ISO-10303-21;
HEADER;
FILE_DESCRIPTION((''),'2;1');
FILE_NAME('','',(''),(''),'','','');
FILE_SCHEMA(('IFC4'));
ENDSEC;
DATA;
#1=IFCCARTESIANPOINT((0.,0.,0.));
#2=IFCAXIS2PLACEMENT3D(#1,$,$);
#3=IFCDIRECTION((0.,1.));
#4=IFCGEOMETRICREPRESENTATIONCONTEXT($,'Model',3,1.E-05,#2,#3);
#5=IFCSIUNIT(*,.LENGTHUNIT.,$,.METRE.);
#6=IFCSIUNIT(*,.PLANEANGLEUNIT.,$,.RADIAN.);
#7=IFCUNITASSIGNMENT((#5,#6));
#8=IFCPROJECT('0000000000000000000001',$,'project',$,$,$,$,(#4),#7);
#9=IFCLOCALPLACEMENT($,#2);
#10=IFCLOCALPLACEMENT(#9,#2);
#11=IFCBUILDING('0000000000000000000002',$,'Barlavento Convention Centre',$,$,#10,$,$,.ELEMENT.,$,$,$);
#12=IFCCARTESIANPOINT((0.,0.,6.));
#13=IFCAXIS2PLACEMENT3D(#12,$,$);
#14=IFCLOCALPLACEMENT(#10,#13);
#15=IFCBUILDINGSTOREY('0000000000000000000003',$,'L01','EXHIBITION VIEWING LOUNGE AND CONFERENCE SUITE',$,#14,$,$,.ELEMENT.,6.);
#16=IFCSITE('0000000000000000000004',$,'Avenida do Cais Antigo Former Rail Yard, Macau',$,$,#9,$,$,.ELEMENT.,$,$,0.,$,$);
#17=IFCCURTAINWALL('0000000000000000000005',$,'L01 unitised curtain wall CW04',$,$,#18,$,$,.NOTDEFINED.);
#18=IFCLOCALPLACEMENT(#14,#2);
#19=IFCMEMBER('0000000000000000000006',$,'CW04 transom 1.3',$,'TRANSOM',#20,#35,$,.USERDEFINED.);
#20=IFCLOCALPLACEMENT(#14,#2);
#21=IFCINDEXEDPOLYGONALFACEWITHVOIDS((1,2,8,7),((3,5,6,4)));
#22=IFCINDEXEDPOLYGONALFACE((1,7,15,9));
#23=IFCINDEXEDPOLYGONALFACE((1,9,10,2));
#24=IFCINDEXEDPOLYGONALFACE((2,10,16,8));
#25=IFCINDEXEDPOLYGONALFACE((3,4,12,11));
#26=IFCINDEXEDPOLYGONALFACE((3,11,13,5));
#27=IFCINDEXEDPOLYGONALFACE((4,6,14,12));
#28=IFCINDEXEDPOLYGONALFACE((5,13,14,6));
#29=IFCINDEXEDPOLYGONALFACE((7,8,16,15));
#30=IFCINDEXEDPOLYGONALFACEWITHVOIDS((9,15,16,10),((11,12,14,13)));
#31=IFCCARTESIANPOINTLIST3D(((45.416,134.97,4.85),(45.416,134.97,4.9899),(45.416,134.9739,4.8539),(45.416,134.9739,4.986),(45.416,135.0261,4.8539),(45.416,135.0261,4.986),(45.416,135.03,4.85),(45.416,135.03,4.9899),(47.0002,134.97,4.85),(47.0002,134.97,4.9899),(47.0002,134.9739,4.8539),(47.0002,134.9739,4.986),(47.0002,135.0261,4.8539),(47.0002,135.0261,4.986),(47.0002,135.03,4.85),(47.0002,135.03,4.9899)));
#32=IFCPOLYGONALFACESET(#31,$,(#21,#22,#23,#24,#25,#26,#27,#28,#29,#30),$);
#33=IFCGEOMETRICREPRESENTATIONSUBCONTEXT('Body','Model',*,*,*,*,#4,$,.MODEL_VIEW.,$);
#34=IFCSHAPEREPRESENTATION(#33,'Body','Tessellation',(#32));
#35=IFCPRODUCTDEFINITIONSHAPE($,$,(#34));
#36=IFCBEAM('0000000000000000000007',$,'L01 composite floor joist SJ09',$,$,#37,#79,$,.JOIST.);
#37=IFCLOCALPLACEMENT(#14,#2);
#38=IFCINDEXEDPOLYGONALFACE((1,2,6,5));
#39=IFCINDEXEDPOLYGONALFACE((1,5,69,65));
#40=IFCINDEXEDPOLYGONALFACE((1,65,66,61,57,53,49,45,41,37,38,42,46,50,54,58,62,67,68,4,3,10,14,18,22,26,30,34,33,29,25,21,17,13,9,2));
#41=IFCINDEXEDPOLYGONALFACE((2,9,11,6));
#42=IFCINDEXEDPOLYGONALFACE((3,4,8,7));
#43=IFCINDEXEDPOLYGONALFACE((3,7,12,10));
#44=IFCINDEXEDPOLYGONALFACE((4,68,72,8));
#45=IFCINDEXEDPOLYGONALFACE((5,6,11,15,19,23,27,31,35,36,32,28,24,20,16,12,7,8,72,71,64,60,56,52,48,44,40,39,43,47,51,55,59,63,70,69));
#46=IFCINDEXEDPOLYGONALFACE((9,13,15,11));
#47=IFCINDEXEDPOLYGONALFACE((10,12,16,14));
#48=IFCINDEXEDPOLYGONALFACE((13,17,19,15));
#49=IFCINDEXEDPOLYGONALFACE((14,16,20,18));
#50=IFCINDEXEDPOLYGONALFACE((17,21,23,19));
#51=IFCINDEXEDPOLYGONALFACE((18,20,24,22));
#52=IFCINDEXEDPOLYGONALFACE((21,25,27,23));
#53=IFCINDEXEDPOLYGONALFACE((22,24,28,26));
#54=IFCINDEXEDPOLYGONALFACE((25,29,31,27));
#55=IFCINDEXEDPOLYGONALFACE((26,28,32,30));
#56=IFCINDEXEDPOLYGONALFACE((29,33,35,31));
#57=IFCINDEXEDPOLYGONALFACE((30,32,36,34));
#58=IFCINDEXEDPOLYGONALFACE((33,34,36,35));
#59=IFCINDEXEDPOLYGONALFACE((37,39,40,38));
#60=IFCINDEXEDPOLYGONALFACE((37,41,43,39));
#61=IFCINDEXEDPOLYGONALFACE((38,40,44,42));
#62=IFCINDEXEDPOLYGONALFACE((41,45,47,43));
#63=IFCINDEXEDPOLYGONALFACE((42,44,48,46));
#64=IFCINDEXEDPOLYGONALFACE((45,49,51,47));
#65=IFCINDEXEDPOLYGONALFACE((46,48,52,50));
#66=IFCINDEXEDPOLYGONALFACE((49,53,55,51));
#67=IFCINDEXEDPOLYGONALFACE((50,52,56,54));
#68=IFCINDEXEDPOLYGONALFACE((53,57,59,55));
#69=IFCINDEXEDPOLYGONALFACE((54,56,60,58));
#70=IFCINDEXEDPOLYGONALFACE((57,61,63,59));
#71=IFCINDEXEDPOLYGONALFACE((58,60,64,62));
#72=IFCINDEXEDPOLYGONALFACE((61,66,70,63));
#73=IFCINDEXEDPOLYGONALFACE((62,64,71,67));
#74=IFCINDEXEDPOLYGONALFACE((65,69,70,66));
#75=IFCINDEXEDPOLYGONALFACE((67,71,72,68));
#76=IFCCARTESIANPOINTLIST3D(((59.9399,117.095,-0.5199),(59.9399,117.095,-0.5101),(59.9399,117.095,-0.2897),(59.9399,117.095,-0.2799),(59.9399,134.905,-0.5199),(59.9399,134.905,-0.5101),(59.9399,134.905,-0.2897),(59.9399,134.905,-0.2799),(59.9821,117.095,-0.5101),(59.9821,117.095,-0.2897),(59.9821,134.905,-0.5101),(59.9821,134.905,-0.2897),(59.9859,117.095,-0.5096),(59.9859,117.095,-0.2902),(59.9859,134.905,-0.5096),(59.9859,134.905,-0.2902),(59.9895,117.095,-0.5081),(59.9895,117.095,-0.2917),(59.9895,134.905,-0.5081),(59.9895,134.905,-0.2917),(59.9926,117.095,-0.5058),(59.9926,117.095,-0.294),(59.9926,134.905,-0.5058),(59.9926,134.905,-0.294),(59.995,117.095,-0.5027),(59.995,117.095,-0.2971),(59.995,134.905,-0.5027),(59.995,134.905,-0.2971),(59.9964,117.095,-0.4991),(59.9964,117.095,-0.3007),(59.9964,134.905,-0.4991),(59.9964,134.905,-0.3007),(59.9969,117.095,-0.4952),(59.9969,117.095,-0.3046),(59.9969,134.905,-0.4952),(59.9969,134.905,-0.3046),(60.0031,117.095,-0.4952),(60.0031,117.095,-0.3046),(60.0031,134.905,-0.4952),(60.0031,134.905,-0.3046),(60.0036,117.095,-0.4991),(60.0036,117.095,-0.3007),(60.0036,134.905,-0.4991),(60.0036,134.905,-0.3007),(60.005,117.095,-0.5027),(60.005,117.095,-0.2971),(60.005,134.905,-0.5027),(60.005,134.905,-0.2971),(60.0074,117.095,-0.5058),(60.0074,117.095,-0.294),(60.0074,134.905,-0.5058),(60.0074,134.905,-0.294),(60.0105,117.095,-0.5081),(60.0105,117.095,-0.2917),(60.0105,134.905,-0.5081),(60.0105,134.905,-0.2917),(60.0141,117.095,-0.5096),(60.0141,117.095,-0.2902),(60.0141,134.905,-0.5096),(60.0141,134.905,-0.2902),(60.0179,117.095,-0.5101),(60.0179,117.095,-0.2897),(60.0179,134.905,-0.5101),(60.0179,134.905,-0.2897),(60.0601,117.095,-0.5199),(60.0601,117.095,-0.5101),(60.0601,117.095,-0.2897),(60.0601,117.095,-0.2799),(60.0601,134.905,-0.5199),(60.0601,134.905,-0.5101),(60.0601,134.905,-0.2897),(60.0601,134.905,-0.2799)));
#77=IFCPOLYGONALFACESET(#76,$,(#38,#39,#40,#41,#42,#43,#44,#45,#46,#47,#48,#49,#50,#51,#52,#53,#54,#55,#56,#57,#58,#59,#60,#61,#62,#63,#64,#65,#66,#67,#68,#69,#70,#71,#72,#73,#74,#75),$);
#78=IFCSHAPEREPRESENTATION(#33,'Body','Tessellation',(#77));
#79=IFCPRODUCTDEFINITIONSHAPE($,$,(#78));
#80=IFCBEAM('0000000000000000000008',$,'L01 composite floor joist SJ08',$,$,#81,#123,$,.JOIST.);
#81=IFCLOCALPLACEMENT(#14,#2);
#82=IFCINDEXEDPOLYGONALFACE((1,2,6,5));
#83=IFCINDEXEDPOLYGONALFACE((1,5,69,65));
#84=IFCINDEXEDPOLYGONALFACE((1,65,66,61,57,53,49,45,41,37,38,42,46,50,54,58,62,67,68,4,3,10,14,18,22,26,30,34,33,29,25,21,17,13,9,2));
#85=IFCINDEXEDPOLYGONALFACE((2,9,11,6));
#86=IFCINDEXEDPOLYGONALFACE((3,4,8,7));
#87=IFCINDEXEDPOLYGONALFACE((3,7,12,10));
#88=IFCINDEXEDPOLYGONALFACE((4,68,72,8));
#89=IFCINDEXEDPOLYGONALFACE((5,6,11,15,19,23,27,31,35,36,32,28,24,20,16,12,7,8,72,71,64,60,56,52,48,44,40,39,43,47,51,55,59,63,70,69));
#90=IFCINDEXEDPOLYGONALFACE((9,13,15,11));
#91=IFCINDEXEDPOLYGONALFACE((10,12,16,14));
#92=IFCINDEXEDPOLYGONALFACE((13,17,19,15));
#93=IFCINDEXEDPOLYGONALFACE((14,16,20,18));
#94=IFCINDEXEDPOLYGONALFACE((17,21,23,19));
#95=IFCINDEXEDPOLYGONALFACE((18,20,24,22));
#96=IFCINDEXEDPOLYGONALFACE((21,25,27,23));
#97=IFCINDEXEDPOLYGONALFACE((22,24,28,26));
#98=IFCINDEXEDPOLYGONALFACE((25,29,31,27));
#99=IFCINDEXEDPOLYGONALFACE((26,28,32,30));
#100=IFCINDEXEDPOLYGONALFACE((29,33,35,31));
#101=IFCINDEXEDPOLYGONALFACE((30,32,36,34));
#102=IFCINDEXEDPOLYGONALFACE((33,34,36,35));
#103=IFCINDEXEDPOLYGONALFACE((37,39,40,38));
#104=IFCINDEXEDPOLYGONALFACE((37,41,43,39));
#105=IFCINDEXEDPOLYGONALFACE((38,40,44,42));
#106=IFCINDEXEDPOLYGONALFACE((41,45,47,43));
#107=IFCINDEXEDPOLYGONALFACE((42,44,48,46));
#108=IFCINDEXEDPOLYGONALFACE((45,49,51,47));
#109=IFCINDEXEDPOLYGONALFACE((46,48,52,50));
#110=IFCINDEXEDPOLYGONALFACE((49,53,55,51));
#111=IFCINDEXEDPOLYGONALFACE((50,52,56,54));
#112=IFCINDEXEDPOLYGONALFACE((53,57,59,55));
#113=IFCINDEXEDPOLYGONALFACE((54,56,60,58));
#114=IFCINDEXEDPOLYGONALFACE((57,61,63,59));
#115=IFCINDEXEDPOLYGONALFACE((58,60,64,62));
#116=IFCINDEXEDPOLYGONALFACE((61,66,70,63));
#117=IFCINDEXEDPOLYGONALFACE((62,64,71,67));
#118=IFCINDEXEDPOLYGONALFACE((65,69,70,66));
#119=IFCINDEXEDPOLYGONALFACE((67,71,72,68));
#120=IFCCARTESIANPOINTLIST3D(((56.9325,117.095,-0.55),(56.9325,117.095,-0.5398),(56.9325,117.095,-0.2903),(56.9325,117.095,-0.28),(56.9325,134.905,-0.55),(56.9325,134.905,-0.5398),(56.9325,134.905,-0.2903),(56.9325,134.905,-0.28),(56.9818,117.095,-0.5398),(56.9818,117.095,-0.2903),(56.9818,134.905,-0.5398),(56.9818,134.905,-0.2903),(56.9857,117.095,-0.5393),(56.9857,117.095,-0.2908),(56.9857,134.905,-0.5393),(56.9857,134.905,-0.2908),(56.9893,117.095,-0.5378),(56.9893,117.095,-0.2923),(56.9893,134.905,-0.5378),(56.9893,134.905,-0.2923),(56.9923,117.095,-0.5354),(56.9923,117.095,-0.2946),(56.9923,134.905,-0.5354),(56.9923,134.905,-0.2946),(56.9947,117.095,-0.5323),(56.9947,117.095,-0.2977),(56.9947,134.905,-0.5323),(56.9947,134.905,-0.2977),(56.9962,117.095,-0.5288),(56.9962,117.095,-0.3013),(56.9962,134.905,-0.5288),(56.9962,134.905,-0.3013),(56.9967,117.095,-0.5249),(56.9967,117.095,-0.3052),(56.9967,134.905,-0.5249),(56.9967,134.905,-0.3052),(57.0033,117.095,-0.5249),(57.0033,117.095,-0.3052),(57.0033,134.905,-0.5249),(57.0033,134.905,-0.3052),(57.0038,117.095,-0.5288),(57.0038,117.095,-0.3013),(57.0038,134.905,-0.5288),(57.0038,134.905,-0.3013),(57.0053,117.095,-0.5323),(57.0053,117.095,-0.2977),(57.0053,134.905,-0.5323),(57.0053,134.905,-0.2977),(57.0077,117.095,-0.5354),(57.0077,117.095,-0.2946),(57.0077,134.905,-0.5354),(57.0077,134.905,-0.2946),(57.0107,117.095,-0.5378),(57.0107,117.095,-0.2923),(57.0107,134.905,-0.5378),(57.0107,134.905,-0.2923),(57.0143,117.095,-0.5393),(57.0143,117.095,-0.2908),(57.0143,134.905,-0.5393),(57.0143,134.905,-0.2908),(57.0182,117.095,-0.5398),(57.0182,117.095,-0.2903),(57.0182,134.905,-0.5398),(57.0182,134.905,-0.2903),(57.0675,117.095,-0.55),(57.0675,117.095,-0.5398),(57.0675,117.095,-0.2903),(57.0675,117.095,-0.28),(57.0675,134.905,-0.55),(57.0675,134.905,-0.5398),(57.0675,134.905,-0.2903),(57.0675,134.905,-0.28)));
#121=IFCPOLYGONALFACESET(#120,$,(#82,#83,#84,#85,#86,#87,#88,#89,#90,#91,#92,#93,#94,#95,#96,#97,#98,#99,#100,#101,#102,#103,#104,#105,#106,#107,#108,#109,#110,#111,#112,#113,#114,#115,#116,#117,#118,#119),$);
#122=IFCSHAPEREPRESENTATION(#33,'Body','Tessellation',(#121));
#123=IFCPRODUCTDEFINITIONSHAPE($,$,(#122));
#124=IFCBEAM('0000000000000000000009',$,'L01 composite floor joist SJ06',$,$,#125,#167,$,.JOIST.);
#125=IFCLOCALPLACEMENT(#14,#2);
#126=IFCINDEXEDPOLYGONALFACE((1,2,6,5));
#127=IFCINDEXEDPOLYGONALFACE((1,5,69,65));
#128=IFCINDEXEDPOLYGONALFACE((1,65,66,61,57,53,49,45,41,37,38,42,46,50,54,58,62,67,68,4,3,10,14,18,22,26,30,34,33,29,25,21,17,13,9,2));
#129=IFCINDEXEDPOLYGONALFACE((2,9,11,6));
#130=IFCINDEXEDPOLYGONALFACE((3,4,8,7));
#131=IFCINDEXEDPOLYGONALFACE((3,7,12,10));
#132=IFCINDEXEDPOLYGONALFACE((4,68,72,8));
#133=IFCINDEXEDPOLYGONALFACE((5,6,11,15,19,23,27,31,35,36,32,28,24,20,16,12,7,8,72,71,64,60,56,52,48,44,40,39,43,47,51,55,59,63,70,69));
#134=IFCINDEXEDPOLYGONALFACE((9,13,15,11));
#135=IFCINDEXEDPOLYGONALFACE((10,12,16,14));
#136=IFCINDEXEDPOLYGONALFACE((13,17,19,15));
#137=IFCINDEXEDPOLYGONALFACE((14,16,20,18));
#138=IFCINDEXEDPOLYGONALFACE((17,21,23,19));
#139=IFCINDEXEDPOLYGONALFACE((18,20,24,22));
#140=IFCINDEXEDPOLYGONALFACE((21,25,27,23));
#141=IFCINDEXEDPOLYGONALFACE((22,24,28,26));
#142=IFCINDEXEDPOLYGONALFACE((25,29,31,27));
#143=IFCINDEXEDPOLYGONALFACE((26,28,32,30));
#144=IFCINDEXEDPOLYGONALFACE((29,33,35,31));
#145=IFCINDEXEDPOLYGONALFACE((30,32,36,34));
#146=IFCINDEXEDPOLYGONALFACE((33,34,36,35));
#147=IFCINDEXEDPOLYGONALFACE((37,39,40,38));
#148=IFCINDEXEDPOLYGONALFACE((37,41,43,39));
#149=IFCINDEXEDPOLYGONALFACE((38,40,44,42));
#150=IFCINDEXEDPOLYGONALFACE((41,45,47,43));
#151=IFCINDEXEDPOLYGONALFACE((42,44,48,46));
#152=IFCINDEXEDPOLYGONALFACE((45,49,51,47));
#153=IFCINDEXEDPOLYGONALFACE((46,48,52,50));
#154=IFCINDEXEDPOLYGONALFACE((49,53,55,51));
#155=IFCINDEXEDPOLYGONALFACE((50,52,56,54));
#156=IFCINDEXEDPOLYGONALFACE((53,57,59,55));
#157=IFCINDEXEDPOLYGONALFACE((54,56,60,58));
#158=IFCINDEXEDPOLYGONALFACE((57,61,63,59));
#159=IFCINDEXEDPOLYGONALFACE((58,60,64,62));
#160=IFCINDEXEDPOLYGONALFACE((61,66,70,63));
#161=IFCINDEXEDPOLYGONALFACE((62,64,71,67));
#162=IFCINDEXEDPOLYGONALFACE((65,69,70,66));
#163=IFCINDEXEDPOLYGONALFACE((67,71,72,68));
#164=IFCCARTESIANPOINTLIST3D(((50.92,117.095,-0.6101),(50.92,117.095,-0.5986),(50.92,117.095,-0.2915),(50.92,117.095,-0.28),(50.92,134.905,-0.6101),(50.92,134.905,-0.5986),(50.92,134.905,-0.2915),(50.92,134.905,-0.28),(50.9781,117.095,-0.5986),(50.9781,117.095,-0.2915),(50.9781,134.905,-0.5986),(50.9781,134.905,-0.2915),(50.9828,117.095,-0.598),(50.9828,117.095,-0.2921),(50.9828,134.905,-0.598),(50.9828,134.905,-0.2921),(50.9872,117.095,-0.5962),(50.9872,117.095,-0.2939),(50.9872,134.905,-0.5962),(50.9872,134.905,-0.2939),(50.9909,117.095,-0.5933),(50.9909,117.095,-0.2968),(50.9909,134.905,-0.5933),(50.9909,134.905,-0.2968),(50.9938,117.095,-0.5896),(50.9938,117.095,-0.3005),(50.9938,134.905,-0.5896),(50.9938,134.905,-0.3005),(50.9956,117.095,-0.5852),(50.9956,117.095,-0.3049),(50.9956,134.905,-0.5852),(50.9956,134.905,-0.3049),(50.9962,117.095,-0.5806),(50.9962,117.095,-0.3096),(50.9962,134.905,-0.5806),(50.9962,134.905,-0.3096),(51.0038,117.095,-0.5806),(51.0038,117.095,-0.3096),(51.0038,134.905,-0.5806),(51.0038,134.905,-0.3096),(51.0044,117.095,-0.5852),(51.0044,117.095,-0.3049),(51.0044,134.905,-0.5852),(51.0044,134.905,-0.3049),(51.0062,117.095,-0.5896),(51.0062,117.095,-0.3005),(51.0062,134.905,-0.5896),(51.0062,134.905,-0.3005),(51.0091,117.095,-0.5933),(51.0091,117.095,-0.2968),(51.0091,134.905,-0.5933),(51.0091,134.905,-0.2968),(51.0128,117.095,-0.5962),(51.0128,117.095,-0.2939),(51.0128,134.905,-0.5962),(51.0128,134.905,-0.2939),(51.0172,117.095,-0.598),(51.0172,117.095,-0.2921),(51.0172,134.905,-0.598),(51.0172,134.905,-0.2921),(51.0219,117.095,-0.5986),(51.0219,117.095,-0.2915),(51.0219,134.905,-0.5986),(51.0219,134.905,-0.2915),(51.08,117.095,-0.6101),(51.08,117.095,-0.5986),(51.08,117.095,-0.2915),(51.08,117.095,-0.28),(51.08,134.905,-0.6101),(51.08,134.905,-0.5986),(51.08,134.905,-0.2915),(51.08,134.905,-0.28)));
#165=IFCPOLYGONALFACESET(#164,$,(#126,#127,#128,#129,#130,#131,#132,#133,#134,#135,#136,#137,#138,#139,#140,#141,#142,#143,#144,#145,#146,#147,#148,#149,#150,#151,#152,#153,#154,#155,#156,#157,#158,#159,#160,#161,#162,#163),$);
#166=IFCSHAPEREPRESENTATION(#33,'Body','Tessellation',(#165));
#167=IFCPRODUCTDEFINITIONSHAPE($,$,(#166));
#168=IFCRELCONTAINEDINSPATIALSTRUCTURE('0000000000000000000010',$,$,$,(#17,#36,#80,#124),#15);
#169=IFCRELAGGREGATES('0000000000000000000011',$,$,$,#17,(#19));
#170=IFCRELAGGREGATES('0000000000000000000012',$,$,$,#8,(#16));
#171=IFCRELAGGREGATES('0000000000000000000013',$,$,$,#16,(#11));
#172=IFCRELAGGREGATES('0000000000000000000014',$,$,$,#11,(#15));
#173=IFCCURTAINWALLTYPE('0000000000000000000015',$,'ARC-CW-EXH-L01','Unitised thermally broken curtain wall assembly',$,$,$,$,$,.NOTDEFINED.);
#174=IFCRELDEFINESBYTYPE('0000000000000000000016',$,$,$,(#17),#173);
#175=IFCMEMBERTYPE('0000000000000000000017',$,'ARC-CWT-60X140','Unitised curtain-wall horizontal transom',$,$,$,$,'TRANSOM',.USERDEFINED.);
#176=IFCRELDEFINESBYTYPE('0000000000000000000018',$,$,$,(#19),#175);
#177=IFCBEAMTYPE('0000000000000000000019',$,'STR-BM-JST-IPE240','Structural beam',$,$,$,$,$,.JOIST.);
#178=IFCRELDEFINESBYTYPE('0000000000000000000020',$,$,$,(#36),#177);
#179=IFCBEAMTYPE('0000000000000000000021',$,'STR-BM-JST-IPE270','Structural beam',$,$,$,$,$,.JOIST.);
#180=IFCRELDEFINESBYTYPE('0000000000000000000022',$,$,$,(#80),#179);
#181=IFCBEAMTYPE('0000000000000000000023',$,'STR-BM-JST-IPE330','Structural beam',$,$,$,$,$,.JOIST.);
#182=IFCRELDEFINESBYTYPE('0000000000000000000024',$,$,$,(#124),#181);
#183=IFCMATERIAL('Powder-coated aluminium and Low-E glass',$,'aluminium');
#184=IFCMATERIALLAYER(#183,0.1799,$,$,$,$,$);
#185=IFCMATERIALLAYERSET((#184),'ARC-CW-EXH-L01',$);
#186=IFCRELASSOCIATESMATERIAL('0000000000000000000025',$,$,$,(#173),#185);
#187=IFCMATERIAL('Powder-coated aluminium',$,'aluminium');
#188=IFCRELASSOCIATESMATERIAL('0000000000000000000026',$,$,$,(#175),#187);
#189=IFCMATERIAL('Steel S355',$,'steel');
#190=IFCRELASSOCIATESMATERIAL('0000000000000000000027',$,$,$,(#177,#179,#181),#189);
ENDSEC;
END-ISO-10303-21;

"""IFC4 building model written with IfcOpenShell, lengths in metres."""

from ifc_helpers import new_model, si_unit, direction, frame, origin, origin_2d, place, context, subcontext, project, spatial, hollow_rectangle, i_section, extrude, material, layer, layer_set, material_profile, profile_set, type_object, element, aggregate, save


model = new_model("IFC4")

# Units and contexts
model_context = context("Model", 3, precision=1e-05, world=origin(), true_north=direction((0.0, 1.0)))
body_context = subcontext(model_context, "Body", "Model", "MODEL_VIEW")
ifc_project = project(units=[si_unit("LENGTHUNIT", "METRE"), si_unit("PLANEANGLEUNIT", "RADIAN")], contexts=[model_context])

# Site, building, storey
site_placement = place(None, origin())
site = spatial("IfcSite", under=ifc_project, at=site_placement, Name="Avenida do Cais Antigo Former Rail Yard, Macau", CompositionType="ELEMENT", RefElevation=0.0)
building_placement = place(site_placement, origin())
building = spatial("IfcBuilding", under=site, at=building_placement, Name="Barlavento Convention Centre", CompositionType="ELEMENT")
storey_placement = place(building_placement, frame((0.0, 0.0, 6.0)))
storey = spatial("IfcBuildingStorey", under=building, at=storey_placement, Name="L01", Description="EXHIBITION VIEWING LOUNGE AND CONFERENCE SUITE", CompositionType="ELEMENT", Elevation=6.0)

# Curtain wall, member
ifc_material_1 = material(Name="Powder-coated aluminium and Low-E glass", Category="aluminium")
ifc_layer_1 = layer(ifc_material_1, 0.1799)
ifc_layer_set_1 = layer_set([ifc_layer_1], Name="ARC-CW-EXH-L01")
curtain_wall_type = type_object("IfcCurtainWallType", Name="ARC-CW-EXH-L01", Description="Unitised thermally broken curtain wall assembly", PredefinedType="NOTDEFINED", material=ifc_layer_set_1)
curtain_wall_placement = place(storey_placement, origin())
curtain_wall = element("IfcCurtainWall", 1, at=curtain_wall_placement, inside=storey, type_object=curtain_wall_type, Name="L01 unitised curtain wall CW04", PredefinedType="NOTDEFINED")
ifc_material_2 = material(Name="Powder-coated aluminium", Category="aluminium")
ifc_material_profile_1 = material_profile(ifc_material_2, hollow_rectangle(XDim=0.0601, YDim=0.1399, WallThickness=0.0039, at=origin_2d()), Name="AL-TRAN 60x140x4")
ifc_profile_set_1 = profile_set([ifc_material_profile_1], Name="Powder-coated aluminium")
member_type = type_object("IfcMemberType", Name="ARC-CWT-60X140", Description="Unitised curtain-wall horizontal transom", ElementType="TRANSOM", PredefinedType="USERDEFINED", material=ifc_profile_set_1)
member_placement = place(storey_placement, frame((45.416, 135.0, 4.9199), z_axis=(1.0, 0.0, 0.0), x_axis=(0.0, 1.0, 0.0)))
member = element("IfcMember", 2, at=member_placement, type_object=member_type, Name="CW04 transom 1.3", ObjectType="TRANSOM", PredefinedType="USERDEFINED", context=body_context, shape_type="SweptSolid", body=[
    extrude(hollow_rectangle(XDim=0.0601, YDim=0.1399, WallThickness=0.0039, at=origin_2d()), origin(), (0.0, 0.0, 1.0), 1.5842),
])

# Beams
ifc_material_3 = material(Name="Steel S355", Category="steel")
ifc_material_profile_2 = material_profile(ifc_material_3, i_section(OverallWidth=0.1201, OverallDepth=0.24, WebThickness=0.0061, FlangeThickness=0.0098, FilletRadius=0.0149, at=origin_2d()), Name="IPE 240")
ifc_profile_set_2 = profile_set([ifc_material_profile_2], Name="Steel S355")
beam_type_1 = type_object("IfcBeamType", Name="STR-BM-JST-IPE240", Description="Structural beam", PredefinedType="JOIST", material=ifc_profile_set_2)
beam_1_placement = place(storey_placement, frame((60.0, 117.095, -0.3999), z_axis=(0.0, 1.0, 0.0), x_axis=(-1.0, 0.0, 0.0)))
element("IfcBeam", 3, at=beam_1_placement, inside=storey, type_object=beam_type_1, Name="L01 composite floor joist SJ09", PredefinedType="JOIST", context=body_context, shape_type="SweptSolid", body=[
    extrude(i_section(OverallWidth=0.1201, OverallDepth=0.24, WebThickness=0.0061, FlangeThickness=0.0098, FilletRadius=0.0149, at=origin_2d()), origin(), (0.0, 0.0, 1.0), 17.8101),
])
ifc_material_profile_3 = material_profile(ifc_material_3, i_section(OverallWidth=0.135, OverallDepth=0.27, WebThickness=0.0066, FlangeThickness=0.0103, FilletRadius=0.0149, at=origin_2d()), Name="IPE 270")
ifc_profile_set_3 = profile_set([ifc_material_profile_3], Name="Steel S355")
beam_type_2 = type_object("IfcBeamType", Name="STR-BM-JST-IPE270", Description="Structural beam", PredefinedType="JOIST", material=ifc_profile_set_3)
beam_2_placement = place(storey_placement, frame((57.0, 117.095, -0.415), z_axis=(0.0, 1.0, 0.0), x_axis=(-1.0, 0.0, 0.0)))
element("IfcBeam", 4, at=beam_2_placement, inside=storey, type_object=beam_type_2, Name="L01 composite floor joist SJ08", PredefinedType="JOIST", context=body_context, shape_type="SweptSolid", body=[
    extrude(i_section(OverallWidth=0.135, OverallDepth=0.27, WebThickness=0.0066, FlangeThickness=0.0103, FilletRadius=0.0149, at=origin_2d()), origin(), (0.0, 0.0, 1.0), 17.8101),
])
ifc_material_profile_4 = material_profile(ifc_material_3, i_section(OverallWidth=0.1599, OverallDepth=0.3301, WebThickness=0.0076, FlangeThickness=0.0115, FilletRadius=0.0181, at=origin_2d()), Name="IPE 330")
ifc_profile_set_4 = profile_set([ifc_material_profile_4], Name="Steel S355")
beam_type_3 = type_object("IfcBeamType", Name="STR-BM-JST-IPE330", Description="Structural beam", PredefinedType="JOIST", material=ifc_profile_set_4)
beam_3_placement = place(storey_placement, frame((51.0, 117.095, -0.4451), z_axis=(0.0, 1.0, 0.0), x_axis=(-1.0, 0.0, 0.0)))
element("IfcBeam", 5, at=beam_3_placement, inside=storey, type_object=beam_type_3, Name="L01 composite floor joist SJ06", PredefinedType="JOIST", context=body_context, shape_type="SweptSolid", body=[
    extrude(i_section(OverallWidth=0.1599, OverallDepth=0.3301, WebThickness=0.0076, FlangeThickness=0.0115, FilletRadius=0.0181, at=origin_2d()), origin(), (0.0, 0.0, 1.0), 17.8101),
])

aggregate(curtain_wall, [member])

save(model, "model.ifc")
